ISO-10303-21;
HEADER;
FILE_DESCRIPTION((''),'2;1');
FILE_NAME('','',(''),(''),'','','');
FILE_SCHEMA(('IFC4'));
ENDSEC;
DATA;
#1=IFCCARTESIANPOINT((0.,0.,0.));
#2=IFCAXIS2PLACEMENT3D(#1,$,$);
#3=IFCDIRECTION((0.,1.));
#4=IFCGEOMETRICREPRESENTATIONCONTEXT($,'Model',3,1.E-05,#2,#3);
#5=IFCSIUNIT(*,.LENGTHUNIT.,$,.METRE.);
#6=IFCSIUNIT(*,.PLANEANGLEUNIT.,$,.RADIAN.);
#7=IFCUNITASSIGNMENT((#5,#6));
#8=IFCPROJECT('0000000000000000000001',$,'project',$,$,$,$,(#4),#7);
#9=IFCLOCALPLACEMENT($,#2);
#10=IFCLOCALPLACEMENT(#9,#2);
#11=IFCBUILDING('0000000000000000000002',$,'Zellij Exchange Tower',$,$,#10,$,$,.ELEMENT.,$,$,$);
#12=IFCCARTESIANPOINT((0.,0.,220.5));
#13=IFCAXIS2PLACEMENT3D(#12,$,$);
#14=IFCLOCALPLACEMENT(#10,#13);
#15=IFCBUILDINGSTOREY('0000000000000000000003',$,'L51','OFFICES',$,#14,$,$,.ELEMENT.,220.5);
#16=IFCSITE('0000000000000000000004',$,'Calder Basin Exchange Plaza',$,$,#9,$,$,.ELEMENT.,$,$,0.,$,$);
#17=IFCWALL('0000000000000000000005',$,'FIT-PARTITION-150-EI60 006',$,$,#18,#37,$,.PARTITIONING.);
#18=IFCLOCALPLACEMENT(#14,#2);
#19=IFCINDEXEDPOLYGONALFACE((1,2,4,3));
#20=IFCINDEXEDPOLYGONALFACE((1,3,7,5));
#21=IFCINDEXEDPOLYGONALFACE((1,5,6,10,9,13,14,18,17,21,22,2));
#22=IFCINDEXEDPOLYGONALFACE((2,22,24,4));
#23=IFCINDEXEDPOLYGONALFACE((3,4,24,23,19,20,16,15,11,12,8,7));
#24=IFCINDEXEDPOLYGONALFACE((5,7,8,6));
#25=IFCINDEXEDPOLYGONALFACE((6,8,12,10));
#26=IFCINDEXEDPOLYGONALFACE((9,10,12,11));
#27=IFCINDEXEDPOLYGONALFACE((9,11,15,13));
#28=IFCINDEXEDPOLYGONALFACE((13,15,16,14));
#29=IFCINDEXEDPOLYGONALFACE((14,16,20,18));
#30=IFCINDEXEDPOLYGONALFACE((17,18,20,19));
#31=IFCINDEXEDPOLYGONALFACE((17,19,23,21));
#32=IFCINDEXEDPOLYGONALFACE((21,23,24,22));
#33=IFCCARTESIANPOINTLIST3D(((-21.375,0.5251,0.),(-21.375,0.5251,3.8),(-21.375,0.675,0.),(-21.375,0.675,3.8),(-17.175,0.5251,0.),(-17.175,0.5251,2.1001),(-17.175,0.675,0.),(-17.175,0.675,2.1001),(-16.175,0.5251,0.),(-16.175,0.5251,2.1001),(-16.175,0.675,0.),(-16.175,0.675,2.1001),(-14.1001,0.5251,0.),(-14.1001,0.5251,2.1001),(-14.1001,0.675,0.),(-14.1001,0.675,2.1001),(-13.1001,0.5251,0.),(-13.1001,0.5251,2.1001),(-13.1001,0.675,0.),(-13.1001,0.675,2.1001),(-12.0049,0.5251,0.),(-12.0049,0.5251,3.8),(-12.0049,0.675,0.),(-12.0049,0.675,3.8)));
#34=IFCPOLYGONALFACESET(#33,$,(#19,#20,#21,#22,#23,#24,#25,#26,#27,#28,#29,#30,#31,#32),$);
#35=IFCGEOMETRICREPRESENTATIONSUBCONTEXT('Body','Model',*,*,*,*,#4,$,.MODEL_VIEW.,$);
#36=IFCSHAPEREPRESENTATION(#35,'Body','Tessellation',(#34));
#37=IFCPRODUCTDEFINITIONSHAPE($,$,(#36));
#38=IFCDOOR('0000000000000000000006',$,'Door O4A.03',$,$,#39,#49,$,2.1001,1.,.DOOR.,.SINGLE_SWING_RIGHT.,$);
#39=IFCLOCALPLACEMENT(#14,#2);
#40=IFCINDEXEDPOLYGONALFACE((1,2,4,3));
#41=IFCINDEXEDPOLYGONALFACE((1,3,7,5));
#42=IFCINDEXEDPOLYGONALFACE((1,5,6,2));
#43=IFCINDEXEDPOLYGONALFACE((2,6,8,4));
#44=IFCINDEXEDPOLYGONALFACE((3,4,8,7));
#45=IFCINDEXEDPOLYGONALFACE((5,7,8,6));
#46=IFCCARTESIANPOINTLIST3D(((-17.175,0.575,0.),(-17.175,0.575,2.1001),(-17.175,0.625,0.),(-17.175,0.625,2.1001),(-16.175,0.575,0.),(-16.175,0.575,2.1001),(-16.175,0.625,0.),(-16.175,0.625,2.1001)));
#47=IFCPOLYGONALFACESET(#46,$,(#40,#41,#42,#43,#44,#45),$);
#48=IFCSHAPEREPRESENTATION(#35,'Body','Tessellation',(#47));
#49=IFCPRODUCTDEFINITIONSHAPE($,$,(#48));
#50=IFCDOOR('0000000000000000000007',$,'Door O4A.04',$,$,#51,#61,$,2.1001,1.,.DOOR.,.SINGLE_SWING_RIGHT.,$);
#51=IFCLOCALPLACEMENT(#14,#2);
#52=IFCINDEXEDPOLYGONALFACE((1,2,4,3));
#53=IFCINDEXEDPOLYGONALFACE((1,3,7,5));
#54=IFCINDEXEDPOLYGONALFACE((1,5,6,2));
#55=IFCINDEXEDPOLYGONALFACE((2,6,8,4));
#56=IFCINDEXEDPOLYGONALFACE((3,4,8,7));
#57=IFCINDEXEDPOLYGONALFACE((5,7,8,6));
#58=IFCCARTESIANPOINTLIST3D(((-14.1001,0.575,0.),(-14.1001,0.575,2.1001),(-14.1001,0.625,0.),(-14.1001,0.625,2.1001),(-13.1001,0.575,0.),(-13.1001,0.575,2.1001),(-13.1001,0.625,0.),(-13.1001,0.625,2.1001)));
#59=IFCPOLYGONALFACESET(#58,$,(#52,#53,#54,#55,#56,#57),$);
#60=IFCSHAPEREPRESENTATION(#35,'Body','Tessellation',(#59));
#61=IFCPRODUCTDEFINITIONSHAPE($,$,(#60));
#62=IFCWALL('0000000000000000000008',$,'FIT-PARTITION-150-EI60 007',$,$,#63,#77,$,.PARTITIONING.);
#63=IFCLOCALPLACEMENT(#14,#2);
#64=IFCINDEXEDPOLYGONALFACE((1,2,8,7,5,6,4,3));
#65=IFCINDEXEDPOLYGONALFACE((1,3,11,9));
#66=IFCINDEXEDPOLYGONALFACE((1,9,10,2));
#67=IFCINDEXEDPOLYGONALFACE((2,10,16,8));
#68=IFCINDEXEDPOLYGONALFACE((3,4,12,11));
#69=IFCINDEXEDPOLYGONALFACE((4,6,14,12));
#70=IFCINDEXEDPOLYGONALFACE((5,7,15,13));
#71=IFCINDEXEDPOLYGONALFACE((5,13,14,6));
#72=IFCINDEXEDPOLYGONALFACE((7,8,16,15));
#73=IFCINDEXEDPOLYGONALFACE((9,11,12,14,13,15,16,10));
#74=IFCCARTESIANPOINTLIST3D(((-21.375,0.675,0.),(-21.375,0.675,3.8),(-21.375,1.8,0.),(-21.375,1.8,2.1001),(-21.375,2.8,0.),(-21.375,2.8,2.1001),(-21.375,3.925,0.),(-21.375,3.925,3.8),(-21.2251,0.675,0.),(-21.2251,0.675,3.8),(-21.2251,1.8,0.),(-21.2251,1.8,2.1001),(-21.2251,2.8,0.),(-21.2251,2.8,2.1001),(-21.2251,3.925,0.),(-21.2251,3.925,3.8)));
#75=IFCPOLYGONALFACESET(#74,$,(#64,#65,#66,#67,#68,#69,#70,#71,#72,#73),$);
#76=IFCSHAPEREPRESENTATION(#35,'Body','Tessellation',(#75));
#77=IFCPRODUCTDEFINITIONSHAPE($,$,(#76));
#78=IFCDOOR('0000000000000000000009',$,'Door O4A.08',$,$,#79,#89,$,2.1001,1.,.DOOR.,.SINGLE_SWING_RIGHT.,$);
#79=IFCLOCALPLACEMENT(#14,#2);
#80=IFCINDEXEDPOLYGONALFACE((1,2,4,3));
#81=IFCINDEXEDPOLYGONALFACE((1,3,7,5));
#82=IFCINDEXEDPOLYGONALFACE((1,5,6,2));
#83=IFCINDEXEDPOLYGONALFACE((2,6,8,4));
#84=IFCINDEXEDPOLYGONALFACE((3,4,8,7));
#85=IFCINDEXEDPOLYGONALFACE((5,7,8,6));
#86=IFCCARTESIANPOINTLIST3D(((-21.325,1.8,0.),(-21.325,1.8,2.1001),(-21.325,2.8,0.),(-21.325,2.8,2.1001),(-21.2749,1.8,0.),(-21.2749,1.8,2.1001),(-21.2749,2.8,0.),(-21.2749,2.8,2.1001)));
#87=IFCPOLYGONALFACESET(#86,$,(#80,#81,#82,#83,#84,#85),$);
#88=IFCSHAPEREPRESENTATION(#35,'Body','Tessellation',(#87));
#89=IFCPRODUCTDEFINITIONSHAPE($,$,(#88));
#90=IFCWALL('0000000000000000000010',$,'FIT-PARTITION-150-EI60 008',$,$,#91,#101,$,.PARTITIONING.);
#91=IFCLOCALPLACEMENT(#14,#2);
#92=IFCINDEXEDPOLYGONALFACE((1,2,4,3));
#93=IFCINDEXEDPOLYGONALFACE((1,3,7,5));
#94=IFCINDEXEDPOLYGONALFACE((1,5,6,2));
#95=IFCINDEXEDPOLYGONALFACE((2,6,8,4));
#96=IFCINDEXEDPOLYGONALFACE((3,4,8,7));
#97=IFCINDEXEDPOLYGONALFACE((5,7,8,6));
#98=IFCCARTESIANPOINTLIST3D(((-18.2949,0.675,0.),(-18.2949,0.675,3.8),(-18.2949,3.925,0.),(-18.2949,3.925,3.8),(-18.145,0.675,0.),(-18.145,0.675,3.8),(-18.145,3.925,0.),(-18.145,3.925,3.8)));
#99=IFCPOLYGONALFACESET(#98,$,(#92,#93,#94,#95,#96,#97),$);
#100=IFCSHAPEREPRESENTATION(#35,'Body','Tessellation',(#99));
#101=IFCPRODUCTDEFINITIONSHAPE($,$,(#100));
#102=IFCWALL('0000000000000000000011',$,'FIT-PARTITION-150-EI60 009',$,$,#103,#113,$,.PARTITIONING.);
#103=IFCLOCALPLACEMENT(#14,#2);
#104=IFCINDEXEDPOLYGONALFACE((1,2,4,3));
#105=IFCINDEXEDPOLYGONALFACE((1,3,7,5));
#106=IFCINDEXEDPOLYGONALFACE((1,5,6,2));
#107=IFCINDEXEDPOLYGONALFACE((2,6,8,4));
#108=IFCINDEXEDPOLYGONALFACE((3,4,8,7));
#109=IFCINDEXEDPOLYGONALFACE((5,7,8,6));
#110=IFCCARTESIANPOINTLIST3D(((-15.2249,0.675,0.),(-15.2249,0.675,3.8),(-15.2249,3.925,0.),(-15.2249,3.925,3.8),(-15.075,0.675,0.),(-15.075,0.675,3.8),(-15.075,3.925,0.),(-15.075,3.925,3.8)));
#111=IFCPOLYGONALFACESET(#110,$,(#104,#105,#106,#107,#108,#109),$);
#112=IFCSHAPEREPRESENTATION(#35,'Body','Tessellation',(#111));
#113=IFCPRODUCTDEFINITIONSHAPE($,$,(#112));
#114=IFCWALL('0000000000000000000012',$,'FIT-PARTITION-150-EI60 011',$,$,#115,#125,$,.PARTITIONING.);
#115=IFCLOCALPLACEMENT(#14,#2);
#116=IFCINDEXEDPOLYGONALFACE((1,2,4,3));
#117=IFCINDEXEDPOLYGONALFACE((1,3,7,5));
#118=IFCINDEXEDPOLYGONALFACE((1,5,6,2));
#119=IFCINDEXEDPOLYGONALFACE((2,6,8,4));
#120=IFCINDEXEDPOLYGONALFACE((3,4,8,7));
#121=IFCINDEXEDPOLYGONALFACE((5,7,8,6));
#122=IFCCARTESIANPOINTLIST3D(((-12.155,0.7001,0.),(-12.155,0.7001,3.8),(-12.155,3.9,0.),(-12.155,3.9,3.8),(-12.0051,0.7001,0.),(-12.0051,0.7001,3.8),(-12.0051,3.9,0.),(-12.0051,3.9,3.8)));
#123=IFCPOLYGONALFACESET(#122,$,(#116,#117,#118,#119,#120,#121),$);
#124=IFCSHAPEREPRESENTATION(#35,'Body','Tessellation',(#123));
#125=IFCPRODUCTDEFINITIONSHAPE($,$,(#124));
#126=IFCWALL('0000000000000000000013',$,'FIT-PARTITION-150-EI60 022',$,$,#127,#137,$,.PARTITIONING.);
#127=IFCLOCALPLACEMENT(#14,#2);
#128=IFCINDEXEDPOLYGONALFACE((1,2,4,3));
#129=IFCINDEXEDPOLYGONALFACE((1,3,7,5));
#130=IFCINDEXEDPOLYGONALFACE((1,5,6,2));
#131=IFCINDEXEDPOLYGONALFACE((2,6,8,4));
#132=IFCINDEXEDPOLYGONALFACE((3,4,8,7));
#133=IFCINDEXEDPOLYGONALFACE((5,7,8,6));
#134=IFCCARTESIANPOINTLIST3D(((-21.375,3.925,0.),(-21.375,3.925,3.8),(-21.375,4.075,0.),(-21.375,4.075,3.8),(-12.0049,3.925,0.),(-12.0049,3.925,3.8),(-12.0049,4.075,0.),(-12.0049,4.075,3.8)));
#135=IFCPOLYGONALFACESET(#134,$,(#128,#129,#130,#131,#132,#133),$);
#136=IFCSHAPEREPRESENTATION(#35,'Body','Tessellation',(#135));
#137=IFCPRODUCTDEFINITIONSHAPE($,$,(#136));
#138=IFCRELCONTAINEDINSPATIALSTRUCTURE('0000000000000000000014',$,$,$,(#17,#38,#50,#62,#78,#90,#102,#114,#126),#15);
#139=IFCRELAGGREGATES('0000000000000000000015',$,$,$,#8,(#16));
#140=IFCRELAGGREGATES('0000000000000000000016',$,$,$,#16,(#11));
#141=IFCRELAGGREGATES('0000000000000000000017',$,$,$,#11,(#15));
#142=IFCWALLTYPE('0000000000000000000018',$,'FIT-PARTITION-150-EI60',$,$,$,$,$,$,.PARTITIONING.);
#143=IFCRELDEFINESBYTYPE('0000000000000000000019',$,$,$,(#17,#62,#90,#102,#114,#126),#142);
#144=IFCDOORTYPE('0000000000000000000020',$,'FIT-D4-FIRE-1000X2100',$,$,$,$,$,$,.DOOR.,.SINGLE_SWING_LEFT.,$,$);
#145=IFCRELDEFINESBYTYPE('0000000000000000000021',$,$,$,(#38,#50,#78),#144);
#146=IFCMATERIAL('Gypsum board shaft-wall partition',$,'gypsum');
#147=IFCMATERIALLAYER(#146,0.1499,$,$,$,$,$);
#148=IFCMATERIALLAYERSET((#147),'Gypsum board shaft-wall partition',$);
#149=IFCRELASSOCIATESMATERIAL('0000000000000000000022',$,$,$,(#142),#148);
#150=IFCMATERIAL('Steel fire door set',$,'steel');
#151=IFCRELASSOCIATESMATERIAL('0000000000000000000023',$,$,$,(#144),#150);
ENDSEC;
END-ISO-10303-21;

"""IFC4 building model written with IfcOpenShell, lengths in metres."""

from ifc_helpers import new_model, si_unit, direction, frame, frame_2d, origin, place, context, subcontext, project, spatial, rectangle, extrude, material, layer, layer_set, type_object, element, fill, save


model = new_model("IFC4")

# Units and contexts
model_context = context("Model", 3, precision=1e-05, world=origin(), true_north=direction((0.0, 1.0)))
body_context = subcontext(model_context, "Body", "Model", "MODEL_VIEW")
ifc_project = project(units=[si_unit("LENGTHUNIT", "METRE"), si_unit("PLANEANGLEUNIT", "RADIAN")], contexts=[model_context])

# Site, building, storey
site_placement = place(None, origin())
site = spatial("IfcSite", under=ifc_project, at=site_placement, Name="Calder Basin Exchange Plaza", CompositionType="ELEMENT", RefElevation=0.0)
building_placement = place(site_placement, origin())
building = spatial("IfcBuilding", under=site, at=building_placement, Name="Zellij Exchange Tower", CompositionType="ELEMENT")
storey_placement = place(building_placement, frame((0.0, 0.0, 220.5)))
storey = spatial("IfcBuildingStorey", under=building, at=storey_placement, Name="L51", Description="OFFICES", CompositionType="ELEMENT", Elevation=220.5)

# Wall, openings, doors
ifc_material_1 = material(Name="Gypsum board shaft-wall partition", Category="gypsum")
ifc_layer_1 = layer(ifc_material_1, 0.1499)
ifc_layer_set_1 = layer_set([ifc_layer_1], Name="Gypsum board shaft-wall partition")
wall_type_1 = type_object("IfcWallType", Name="FIT-PARTITION-150-EI60", PredefinedType="PARTITIONING", material=ifc_layer_set_1)
wall_1_placement = place(storey_placement, frame((-21.375, 0.6001, 0.0), z_axis=(0.0, 0.0, 1.0), x_axis=(1.0, 0.0, 0.0)))
wall_1 = element("IfcWall", 1, at=wall_1_placement, inside=storey, type_object=wall_type_1, Name="FIT-PARTITION-150-EI60 006", PredefinedType="PARTITIONING", context=body_context, shape_type="SweptSolid", body=[
    extrude(rectangle(XDim=9.3701, YDim=0.1499, at=frame_2d((4.6851, 0.0))), origin(), (0.0, 0.0, 1.0), 3.8),
])
opening_1_placement = place(wall_1_placement, frame((4.2, 0.0, 0.0)))
opening_1 = element("IfcOpeningElement", 2, at=opening_1_placement, cuts=wall_1, PredefinedType="OPENING", context=body_context, shape_type="SweptSolid", body=[
    extrude(rectangle(XDim=1.0, YDim=2.1001, at=frame_2d((0.5, 1.05))), frame((0.0, 0.0869, 0.0), z_axis=(0.0, -1.0, 0.0), x_axis=(1.0, 0.0, 0.0)), (0.0, 0.0, 1.0), 0.1738),
])
opening_2_placement = place(wall_1_placement, frame((7.2749, 0.0, 0.0)))
opening_2 = element("IfcOpeningElement", 3, at=opening_2_placement, cuts=wall_1, PredefinedType="OPENING", context=body_context, shape_type="SweptSolid", body=[
    extrude(rectangle(XDim=1.0, YDim=2.1001, at=frame_2d((0.5, 1.05))), frame((0.0, 0.0869, 0.0), z_axis=(0.0, -1.0, 0.0), x_axis=(1.0, 0.0, 0.0)), (0.0, 0.0, 1.0), 0.1738),
])
ifc_material_2 = material(Name="Steel fire door set", Category="steel")
door_type_1 = type_object("IfcDoorType", Name="FIT-D4-FIRE-1000X2100", OperationType="SINGLE_SWING_LEFT", PredefinedType="DOOR", material=ifc_material_2)
door_1_placement = place(opening_1_placement, origin())
door_1 = element("IfcDoor", 4, at=door_1_placement, inside=storey, type_object=door_type_1, Name="Door O4A.03", OperationType="SINGLE_SWING_RIGHT", OverallHeight=2.1001, OverallWidth=1.0, PredefinedType="DOOR", context=body_context, shape_type="SweptSolid", body=[
    extrude(rectangle(XDim=1.0, YDim=2.1001, at=frame_2d((0.5, 1.05))), frame((0.0, 0.0249, 0.0), z_axis=(0.0, -1.0, 0.0), x_axis=(1.0, 0.0, 0.0)), (0.0, 0.0, 1.0), 0.05),
])
fill(opening_1, door_1)
door_2_placement = place(opening_2_placement, origin())
door_2 = element("IfcDoor", 5, at=door_2_placement, inside=storey, type_object=door_type_1, Name="Door O4A.04", OperationType="SINGLE_SWING_RIGHT", OverallHeight=2.1001, OverallWidth=1.0, PredefinedType="DOOR", context=body_context, shape_type="SweptSolid", body=[
    extrude(rectangle(XDim=1.0, YDim=2.1001, at=frame_2d((0.5, 1.05))), frame((0.0, 0.0249, 0.0), z_axis=(0.0, -1.0, 0.0), x_axis=(1.0, 0.0, 0.0)), (0.0, 0.0, 1.0), 0.05),
])
fill(opening_2, door_2)

# Wall, opening, door
wall_2_placement = place(storey_placement, frame((-21.3, 0.675, 0.0), z_axis=(0.0, 0.0, 1.0), x_axis=(0.0, 1.0, 0.0)))
wall_2 = element("IfcWall", 6, at=wall_2_placement, inside=storey, type_object=wall_type_1, Name="FIT-PARTITION-150-EI60 007", PredefinedType="PARTITIONING", context=body_context, shape_type="SweptSolid", body=[
    extrude(rectangle(XDim=3.25, YDim=0.1499, at=frame_2d((1.625, 0.0))), origin(), (0.0, 0.0, 1.0), 3.8),
])
opening_3_placement = place(wall_2_placement, frame((1.125, 0.0, 0.0)))
opening_3 = element("IfcOpeningElement", 7, at=opening_3_placement, cuts=wall_2, PredefinedType="OPENING", context=body_context, shape_type="SweptSolid", body=[
    extrude(rectangle(XDim=1.0, YDim=2.1001, at=frame_2d((0.5, 1.05))), frame((0.0, 0.0869, 0.0), z_axis=(0.0, -1.0, 0.0), x_axis=(1.0, 0.0, 0.0)), (0.0, 0.0, 1.0), 0.1738),
])
door_3_placement = place(opening_3_placement, origin())
door_3 = element("IfcDoor", 8, at=door_3_placement, inside=storey, type_object=door_type_1, Name="Door O4A.08", OperationType="SINGLE_SWING_RIGHT", OverallHeight=2.1001, OverallWidth=1.0, PredefinedType="DOOR", context=body_context, shape_type="SweptSolid", body=[
    extrude(rectangle(XDim=1.0, YDim=2.1001, at=frame_2d((0.5, 1.05))), frame((0.0, 0.0249, 0.0), z_axis=(0.0, -1.0, 0.0), x_axis=(1.0, 0.0, 0.0)), (0.0, 0.0, 1.0), 0.05),
])
fill(opening_3, door_3)

# Walls
for number, where, z_axis, x_axis, name in (
    (9, (-18.22, 0.675, 0.0), (0.0, 0.0, 1.0), (0.0, 1.0, 0.0), "FIT-PARTITION-150-EI60 008"),
    (10, (-15.1499, 0.675, 0.0), (0.0, 0.0, 1.0), (0.0, 1.0, 0.0), "FIT-PARTITION-150-EI60 009"),
):
    element("IfcWall", number, at=place(storey_placement, frame(where, z_axis=z_axis, x_axis=x_axis)), inside=storey, type_object=wall_type_1, Name=name, PredefinedType="PARTITIONING", context=body_context, shape_type="SweptSolid", body=[
        extrude(rectangle(XDim=3.25, YDim=0.1499, at=frame_2d((1.625, 0.0))), origin(), (0.0, 0.0, 1.0), 3.8),
    ])
wall_3_placement = place(storey_placement, frame((-12.0801, 0.7, 0.0), z_axis=(0.0, 0.0, 1.0), x_axis=(0.0, 1.0, 0.0)))
element("IfcWall", 11, at=wall_3_placement, inside=storey, type_object=wall_type_1, Name="FIT-PARTITION-150-EI60 011", PredefinedType="PARTITIONING", context=body_context, shape_type="SweptSolid", body=[
    extrude(rectangle(XDim=3.2, YDim=0.1499, at=frame_2d((1.6001, 0.0))), origin(), (0.0, 0.0, 1.0), 3.8),
])
wall_4_placement = place(storey_placement, frame((-21.375, 4.0, 0.0), z_axis=(0.0, 0.0, 1.0), x_axis=(1.0, 0.0, 0.0)))
element("IfcWall", 12, at=wall_4_placement, inside=storey, type_object=wall_type_1, Name="FIT-PARTITION-150-EI60 022", PredefinedType="PARTITIONING", context=body_context, shape_type="SweptSolid", body=[
    extrude(rectangle(XDim=9.3701, YDim=0.1499, at=frame_2d((4.6851, 0.0))), origin(), (0.0, 0.0, 1.0), 3.8),
])

save(model, "model.ifc")
